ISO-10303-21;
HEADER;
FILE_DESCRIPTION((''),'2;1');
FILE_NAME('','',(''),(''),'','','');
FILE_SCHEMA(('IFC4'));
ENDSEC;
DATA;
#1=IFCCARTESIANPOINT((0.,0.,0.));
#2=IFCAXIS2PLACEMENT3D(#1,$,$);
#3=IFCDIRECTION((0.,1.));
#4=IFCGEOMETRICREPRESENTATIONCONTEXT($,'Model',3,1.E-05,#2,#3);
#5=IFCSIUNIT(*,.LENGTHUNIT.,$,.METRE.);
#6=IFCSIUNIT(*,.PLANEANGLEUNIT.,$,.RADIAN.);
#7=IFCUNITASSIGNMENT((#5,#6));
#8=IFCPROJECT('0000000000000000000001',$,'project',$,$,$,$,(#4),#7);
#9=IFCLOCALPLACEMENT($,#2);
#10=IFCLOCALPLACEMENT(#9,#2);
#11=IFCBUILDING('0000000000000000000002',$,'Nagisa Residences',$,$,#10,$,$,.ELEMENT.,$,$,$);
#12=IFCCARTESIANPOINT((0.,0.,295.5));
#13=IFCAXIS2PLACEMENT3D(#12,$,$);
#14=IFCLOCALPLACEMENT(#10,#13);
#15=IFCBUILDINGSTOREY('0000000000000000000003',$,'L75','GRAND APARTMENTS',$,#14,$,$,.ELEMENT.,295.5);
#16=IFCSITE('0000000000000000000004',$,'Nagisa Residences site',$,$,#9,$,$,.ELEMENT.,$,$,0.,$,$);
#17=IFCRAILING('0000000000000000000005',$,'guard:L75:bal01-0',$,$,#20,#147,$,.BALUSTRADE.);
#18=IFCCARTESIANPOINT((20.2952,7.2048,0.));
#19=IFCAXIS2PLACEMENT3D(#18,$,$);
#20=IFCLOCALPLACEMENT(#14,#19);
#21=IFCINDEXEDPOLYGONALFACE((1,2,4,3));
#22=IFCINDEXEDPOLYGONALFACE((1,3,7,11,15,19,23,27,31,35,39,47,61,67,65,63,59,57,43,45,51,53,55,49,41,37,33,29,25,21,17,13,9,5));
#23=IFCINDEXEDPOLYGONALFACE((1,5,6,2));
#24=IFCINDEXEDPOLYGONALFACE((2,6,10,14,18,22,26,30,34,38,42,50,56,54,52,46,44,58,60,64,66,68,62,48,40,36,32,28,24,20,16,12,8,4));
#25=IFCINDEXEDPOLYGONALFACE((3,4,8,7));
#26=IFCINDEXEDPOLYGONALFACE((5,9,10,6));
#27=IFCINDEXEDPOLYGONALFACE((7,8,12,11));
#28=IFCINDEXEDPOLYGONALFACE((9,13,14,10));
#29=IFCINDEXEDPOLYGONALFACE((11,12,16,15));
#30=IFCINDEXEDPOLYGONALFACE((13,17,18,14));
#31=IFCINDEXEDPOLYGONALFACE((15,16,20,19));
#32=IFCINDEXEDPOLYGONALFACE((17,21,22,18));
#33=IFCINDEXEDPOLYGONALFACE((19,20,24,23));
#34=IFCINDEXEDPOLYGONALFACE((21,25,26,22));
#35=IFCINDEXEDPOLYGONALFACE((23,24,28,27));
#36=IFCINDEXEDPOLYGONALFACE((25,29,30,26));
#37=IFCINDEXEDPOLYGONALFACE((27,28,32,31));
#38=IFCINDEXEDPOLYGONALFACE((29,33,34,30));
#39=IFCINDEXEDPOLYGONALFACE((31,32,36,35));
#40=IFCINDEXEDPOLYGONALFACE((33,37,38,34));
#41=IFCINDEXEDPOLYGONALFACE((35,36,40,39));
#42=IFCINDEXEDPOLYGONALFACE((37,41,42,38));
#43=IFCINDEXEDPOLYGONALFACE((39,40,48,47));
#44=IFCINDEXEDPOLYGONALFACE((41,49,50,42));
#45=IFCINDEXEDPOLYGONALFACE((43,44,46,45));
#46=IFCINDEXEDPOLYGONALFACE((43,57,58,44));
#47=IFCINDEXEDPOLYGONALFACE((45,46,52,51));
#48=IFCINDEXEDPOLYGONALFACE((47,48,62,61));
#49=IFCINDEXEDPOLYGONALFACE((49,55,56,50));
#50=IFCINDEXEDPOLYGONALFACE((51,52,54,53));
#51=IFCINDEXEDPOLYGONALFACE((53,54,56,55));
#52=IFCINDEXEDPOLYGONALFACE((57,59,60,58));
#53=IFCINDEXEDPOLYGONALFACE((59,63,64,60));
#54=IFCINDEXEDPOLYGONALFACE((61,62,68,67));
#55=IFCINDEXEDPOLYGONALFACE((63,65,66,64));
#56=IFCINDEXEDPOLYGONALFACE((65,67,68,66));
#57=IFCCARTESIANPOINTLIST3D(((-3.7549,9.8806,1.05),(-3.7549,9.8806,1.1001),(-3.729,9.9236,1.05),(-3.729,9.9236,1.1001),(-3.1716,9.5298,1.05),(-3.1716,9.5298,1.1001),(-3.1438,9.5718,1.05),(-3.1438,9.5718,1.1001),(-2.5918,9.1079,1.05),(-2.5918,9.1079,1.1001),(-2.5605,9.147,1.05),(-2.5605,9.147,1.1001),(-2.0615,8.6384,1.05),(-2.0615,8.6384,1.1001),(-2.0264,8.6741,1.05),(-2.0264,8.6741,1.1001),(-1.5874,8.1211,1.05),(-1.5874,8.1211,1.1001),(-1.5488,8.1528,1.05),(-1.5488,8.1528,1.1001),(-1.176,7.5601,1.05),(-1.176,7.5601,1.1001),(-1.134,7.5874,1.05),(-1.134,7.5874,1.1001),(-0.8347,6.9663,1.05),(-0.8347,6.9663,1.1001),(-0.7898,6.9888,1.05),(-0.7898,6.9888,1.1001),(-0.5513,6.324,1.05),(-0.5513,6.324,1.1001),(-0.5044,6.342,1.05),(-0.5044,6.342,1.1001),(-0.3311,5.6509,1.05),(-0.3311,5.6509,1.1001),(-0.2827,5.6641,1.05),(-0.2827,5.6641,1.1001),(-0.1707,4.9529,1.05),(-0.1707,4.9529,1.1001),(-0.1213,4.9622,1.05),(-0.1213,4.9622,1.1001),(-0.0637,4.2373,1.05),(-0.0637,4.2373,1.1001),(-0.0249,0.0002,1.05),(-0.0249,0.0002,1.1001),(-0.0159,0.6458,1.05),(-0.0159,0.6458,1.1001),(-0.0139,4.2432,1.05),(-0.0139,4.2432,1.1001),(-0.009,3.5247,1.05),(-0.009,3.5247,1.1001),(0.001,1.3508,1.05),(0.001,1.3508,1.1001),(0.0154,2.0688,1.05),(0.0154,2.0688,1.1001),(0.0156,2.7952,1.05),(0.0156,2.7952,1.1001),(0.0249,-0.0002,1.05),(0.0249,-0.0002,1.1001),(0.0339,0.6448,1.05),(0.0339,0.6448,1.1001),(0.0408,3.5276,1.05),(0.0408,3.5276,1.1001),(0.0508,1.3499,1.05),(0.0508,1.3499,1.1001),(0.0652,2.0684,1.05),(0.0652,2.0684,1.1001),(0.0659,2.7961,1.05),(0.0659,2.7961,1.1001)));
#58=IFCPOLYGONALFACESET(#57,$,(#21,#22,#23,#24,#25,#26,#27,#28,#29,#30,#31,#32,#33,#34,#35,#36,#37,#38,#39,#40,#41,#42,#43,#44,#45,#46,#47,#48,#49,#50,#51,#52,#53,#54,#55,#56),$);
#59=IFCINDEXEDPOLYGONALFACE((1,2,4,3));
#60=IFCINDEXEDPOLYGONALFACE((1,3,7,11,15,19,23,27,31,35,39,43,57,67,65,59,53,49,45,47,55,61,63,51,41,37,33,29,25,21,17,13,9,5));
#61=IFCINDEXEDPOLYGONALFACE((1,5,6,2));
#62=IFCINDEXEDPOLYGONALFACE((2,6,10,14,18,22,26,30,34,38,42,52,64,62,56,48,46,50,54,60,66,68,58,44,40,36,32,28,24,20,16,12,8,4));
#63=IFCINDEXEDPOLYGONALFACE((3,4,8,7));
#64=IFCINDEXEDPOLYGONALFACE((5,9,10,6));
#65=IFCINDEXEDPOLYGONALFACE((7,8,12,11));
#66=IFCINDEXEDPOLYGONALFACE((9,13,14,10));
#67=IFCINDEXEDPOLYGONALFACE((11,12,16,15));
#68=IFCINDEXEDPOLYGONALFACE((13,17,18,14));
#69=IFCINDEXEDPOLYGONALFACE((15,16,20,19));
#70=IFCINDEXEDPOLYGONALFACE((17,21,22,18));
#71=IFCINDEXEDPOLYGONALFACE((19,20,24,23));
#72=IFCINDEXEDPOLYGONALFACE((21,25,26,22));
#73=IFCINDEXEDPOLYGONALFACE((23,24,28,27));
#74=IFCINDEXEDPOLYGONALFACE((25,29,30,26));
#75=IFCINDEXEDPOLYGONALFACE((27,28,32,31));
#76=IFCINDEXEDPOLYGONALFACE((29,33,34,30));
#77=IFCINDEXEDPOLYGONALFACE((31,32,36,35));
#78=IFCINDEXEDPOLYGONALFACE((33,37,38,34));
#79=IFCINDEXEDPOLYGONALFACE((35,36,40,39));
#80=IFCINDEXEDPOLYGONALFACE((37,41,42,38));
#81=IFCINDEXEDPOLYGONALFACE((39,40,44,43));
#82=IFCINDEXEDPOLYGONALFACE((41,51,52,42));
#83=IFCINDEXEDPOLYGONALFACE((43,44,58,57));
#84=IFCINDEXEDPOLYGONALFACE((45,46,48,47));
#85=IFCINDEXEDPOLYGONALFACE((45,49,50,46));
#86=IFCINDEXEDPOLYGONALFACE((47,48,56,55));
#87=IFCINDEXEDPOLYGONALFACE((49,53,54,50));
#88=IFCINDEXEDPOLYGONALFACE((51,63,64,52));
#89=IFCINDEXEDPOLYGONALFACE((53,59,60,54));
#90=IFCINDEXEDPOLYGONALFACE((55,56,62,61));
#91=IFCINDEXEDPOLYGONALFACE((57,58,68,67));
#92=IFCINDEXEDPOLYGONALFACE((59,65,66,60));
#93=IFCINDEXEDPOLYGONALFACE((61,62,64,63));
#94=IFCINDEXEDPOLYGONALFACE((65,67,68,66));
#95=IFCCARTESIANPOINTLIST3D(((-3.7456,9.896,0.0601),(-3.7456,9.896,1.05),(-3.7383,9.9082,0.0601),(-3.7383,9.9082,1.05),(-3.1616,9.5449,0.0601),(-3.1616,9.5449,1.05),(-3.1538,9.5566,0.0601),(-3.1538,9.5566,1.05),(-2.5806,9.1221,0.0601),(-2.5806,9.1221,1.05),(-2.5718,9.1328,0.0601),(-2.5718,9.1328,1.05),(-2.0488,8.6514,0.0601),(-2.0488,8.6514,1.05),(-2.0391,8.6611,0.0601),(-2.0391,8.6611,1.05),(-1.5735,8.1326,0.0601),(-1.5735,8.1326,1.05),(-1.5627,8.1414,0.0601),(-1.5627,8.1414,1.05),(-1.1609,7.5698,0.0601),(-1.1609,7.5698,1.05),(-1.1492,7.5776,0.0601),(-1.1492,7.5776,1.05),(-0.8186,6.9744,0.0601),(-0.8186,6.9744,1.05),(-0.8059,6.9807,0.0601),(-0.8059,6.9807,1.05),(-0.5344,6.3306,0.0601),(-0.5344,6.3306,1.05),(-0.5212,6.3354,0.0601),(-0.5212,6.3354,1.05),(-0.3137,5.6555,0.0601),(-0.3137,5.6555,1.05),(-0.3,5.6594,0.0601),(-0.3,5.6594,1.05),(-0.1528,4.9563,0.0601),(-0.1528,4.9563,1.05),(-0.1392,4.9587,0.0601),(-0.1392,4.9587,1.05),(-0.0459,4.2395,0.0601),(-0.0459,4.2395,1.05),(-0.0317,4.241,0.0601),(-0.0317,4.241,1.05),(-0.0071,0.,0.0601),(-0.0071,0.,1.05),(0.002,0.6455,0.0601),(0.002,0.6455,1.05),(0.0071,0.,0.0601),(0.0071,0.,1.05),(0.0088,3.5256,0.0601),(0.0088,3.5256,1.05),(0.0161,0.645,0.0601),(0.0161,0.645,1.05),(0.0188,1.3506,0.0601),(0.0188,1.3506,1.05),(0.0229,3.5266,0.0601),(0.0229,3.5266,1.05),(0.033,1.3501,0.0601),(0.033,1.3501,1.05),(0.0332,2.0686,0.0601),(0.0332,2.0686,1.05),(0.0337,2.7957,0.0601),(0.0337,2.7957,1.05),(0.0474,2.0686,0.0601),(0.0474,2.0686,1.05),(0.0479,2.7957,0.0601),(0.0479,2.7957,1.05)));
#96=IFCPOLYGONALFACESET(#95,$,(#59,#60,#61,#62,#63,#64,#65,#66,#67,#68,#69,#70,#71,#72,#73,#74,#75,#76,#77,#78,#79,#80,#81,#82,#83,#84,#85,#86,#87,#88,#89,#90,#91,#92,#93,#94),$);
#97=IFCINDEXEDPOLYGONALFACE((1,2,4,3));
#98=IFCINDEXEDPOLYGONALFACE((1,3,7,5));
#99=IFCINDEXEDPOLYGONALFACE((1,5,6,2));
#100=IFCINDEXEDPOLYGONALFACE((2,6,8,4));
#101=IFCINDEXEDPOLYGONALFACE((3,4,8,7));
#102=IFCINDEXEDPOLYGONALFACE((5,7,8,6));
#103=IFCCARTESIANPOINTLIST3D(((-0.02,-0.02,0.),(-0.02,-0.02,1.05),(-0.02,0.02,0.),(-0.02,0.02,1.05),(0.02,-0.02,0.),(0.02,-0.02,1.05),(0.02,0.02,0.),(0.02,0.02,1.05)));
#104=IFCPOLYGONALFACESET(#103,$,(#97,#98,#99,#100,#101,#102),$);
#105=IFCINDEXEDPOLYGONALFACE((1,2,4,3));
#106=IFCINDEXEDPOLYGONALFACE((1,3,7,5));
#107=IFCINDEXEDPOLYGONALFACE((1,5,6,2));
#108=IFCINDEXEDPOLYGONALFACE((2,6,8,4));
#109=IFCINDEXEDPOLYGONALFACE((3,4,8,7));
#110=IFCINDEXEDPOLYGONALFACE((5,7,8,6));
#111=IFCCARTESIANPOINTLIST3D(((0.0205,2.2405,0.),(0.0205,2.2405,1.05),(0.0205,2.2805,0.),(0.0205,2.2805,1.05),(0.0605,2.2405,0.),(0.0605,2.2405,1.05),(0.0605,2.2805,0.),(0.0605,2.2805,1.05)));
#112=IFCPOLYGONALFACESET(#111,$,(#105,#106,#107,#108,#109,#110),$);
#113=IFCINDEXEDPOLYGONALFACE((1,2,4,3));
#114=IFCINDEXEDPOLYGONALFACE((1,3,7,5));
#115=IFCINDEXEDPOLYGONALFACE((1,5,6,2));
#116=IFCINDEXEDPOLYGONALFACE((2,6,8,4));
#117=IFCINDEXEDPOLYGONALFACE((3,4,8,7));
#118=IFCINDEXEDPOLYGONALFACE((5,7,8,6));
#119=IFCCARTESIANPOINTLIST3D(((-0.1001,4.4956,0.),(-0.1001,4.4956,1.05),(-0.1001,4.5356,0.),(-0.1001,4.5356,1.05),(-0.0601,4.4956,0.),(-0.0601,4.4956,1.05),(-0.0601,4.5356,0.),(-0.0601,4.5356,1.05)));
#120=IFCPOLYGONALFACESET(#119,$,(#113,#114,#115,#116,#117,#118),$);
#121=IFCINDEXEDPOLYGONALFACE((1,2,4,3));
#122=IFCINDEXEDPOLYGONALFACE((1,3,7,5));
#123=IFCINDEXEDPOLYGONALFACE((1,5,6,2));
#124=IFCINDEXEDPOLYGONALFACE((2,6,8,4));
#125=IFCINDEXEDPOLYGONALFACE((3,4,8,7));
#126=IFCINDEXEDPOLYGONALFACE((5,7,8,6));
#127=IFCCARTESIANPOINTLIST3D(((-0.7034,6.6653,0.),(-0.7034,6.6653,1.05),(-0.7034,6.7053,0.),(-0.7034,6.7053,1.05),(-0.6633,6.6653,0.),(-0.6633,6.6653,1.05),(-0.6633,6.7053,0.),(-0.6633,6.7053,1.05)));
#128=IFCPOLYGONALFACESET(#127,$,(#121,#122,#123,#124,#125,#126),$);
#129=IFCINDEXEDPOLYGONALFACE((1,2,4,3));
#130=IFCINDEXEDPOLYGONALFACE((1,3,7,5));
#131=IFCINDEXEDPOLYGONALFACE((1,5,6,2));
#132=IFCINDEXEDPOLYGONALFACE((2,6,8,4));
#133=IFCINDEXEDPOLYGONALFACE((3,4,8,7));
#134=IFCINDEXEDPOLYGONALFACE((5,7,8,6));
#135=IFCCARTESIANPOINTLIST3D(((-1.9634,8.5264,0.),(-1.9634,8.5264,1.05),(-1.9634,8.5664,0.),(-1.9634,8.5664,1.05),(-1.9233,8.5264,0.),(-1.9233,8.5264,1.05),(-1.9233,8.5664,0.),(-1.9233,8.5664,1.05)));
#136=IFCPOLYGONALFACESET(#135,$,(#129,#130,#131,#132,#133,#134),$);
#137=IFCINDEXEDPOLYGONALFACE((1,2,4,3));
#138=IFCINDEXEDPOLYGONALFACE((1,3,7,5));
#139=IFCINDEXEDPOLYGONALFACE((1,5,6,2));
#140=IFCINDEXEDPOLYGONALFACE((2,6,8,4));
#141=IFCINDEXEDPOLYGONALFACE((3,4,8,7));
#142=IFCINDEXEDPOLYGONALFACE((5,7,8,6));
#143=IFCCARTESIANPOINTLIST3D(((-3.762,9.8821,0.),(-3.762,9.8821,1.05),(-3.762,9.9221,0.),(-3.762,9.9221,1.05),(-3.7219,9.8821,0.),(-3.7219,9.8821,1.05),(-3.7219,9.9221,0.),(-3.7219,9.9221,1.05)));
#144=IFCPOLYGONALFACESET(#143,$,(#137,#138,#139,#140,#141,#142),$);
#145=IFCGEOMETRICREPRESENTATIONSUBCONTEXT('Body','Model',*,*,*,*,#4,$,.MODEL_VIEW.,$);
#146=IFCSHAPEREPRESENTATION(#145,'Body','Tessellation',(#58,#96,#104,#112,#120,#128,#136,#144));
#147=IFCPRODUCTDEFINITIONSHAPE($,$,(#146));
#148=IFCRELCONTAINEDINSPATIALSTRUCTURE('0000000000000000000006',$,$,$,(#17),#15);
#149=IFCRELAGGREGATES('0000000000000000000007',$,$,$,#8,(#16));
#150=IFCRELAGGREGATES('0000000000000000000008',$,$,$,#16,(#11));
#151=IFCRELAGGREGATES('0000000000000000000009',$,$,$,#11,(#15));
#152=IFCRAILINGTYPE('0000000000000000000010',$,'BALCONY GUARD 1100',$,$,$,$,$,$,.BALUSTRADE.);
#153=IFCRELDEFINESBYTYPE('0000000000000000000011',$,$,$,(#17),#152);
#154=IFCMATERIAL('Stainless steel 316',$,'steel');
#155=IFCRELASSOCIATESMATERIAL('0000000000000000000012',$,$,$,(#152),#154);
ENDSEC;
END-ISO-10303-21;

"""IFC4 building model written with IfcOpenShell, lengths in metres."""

from ifc_helpers import new_model, si_unit, direction, frame, origin, origin_2d, place, context, subcontext, project, spatial, polyline, rectangle, outline, extrude, material, type_object, element, save


model = new_model("IFC4")

# Units and contexts
model_context = context("Model", 3, precision=1e-05, world=origin(), true_north=direction((0.0, 1.0)))
body_context = subcontext(model_context, "Body", "Model", "MODEL_VIEW")
ifc_project = project(units=[si_unit("LENGTHUNIT", "METRE"), si_unit("PLANEANGLEUNIT", "RADIAN")], contexts=[model_context])

# Site, building, storey
site_placement = place(None, origin())
site = spatial("IfcSite", under=ifc_project, at=site_placement, Name="Nagisa Residences site", CompositionType="ELEMENT", RefElevation=0.0)
building_placement = place(site_placement, origin())
building = spatial("IfcBuilding", under=site, at=building_placement, Name="Nagisa Residences", CompositionType="ELEMENT")
storey_placement = place(building_placement, frame((0.0, 0.0, 295.5)))
storey = spatial("IfcBuildingStorey", under=building, at=storey_placement, Name="L75", Description="GRAND APARTMENTS", CompositionType="ELEMENT", Elevation=295.5)

# Railing
ifc_material_1 = material(Name="Stainless steel 316", Category="steel")
railing_type = type_object("IfcRailingType", Name="BALCONY GUARD 1100", PredefinedType="BALUSTRADE", material=ifc_material_1)
railing_placement = place(storey_placement, frame((20.2952, 7.2048, 0.0)))
element("IfcRailing", 1, at=railing_placement, inside=storey, type_object=railing_type, Name="guard:L75:bal01-0", PredefinedType="BALUSTRADE", context=body_context, shape_type="SweptSolid", body=[
    extrude(outline(polyline([(-0.0159, 0.6458), (-0.0249, 0.0002), (0.0249, -0.0002), (0.0339, 0.6448), (0.0508, 1.3499), (0.0652, 2.0684), (0.0659, 2.7961), (0.0408, 3.5276), (-0.0139, 4.2432), (-0.1213, 4.9622), (-0.2827, 5.6641), (-0.5044, 6.342), (-0.7898, 6.9888), (-1.134, 7.5874), (-1.5488, 8.1528), (-2.0264, 8.6741), (-2.5605, 9.147), (-3.1438, 9.5718), (-3.729, 9.9236), (-3.7549, 9.8806), (-3.1716, 9.5298), (-2.5918, 9.1079), (-2.0615, 8.6384), (-1.5874, 8.1211), (-1.176, 7.5601), (-0.8347, 6.9663), (-0.5513, 6.324), (-0.3311, 5.6509), (-0.1707, 4.9529), (-0.0637, 4.2373), (-0.009, 3.5247), (0.0156, 2.7952), (0.0154, 2.0688), (0.001, 1.3508), (-0.0159, 0.6458)])), frame((0.0, 0.0, 1.05)), (0.0, 0.0, 1.0), 0.05),
    extrude(outline(polyline([(0.002, 0.6455), (-0.0071, 0.0), (0.0071, 0.0), (0.0161, 0.645), (0.033, 1.3501), (0.0474, 2.0686), (0.0479, 2.7957), (0.0229, 3.5266), (-0.0317, 4.241), (-0.1392, 4.9587), (-0.3, 5.6594), (-0.5212, 6.3354), (-0.8059, 6.9807), (-1.1492, 7.5776), (-1.5627, 8.1414), (-2.0391, 8.6611), (-2.5718, 9.1328), (-3.1538, 9.5566), (-3.7383, 9.9082), (-3.7456, 9.896), (-3.1616, 9.5449), (-2.5806, 9.1221), (-2.0488, 8.6514), (-1.5735, 8.1326), (-1.1609, 7.5698), (-0.8186, 6.9744), (-0.5344, 6.3306), (-0.3137, 5.6555), (-0.1528, 4.9563), (-0.0459, 4.2395), (0.0088, 3.5256), (0.0337, 2.7957), (0.0332, 2.0686), (0.0188, 1.3506), (0.002, 0.6455)])), frame((0.0, 0.0, 0.0601)), (0.0, 0.0, 1.0), 0.99),
    extrude(rectangle(XDim=0.04, YDim=0.04, at=origin_2d()), origin(), (0.0, 0.0, 1.0), 1.05),
    extrude(rectangle(XDim=0.04, YDim=0.04, at=origin_2d()), frame((0.0405, 2.2605, 0.0)), (0.0, 0.0, 1.0), 1.05),
    extrude(rectangle(XDim=0.04, YDim=0.04, at=origin_2d()), frame((-0.0801, 4.5156, 0.0)), (0.0, 0.0, 1.0), 1.05),
    extrude(rectangle(XDim=0.04, YDim=0.04, at=origin_2d()), frame((-0.6833, 6.6853, 0.0)), (0.0, 0.0, 1.0), 1.05),
    extrude(rectangle(XDim=0.04, YDim=0.04, at=origin_2d()), frame((-1.9434, 8.5464, 0.0)), (0.0, 0.0, 1.0), 1.05),
    extrude(rectangle(XDim=0.04, YDim=0.04, at=origin_2d()), frame((-3.7419, 9.9021, 0.0)), (0.0, 0.0, 1.0), 1.05),
])

save(model, "model.ifc")
